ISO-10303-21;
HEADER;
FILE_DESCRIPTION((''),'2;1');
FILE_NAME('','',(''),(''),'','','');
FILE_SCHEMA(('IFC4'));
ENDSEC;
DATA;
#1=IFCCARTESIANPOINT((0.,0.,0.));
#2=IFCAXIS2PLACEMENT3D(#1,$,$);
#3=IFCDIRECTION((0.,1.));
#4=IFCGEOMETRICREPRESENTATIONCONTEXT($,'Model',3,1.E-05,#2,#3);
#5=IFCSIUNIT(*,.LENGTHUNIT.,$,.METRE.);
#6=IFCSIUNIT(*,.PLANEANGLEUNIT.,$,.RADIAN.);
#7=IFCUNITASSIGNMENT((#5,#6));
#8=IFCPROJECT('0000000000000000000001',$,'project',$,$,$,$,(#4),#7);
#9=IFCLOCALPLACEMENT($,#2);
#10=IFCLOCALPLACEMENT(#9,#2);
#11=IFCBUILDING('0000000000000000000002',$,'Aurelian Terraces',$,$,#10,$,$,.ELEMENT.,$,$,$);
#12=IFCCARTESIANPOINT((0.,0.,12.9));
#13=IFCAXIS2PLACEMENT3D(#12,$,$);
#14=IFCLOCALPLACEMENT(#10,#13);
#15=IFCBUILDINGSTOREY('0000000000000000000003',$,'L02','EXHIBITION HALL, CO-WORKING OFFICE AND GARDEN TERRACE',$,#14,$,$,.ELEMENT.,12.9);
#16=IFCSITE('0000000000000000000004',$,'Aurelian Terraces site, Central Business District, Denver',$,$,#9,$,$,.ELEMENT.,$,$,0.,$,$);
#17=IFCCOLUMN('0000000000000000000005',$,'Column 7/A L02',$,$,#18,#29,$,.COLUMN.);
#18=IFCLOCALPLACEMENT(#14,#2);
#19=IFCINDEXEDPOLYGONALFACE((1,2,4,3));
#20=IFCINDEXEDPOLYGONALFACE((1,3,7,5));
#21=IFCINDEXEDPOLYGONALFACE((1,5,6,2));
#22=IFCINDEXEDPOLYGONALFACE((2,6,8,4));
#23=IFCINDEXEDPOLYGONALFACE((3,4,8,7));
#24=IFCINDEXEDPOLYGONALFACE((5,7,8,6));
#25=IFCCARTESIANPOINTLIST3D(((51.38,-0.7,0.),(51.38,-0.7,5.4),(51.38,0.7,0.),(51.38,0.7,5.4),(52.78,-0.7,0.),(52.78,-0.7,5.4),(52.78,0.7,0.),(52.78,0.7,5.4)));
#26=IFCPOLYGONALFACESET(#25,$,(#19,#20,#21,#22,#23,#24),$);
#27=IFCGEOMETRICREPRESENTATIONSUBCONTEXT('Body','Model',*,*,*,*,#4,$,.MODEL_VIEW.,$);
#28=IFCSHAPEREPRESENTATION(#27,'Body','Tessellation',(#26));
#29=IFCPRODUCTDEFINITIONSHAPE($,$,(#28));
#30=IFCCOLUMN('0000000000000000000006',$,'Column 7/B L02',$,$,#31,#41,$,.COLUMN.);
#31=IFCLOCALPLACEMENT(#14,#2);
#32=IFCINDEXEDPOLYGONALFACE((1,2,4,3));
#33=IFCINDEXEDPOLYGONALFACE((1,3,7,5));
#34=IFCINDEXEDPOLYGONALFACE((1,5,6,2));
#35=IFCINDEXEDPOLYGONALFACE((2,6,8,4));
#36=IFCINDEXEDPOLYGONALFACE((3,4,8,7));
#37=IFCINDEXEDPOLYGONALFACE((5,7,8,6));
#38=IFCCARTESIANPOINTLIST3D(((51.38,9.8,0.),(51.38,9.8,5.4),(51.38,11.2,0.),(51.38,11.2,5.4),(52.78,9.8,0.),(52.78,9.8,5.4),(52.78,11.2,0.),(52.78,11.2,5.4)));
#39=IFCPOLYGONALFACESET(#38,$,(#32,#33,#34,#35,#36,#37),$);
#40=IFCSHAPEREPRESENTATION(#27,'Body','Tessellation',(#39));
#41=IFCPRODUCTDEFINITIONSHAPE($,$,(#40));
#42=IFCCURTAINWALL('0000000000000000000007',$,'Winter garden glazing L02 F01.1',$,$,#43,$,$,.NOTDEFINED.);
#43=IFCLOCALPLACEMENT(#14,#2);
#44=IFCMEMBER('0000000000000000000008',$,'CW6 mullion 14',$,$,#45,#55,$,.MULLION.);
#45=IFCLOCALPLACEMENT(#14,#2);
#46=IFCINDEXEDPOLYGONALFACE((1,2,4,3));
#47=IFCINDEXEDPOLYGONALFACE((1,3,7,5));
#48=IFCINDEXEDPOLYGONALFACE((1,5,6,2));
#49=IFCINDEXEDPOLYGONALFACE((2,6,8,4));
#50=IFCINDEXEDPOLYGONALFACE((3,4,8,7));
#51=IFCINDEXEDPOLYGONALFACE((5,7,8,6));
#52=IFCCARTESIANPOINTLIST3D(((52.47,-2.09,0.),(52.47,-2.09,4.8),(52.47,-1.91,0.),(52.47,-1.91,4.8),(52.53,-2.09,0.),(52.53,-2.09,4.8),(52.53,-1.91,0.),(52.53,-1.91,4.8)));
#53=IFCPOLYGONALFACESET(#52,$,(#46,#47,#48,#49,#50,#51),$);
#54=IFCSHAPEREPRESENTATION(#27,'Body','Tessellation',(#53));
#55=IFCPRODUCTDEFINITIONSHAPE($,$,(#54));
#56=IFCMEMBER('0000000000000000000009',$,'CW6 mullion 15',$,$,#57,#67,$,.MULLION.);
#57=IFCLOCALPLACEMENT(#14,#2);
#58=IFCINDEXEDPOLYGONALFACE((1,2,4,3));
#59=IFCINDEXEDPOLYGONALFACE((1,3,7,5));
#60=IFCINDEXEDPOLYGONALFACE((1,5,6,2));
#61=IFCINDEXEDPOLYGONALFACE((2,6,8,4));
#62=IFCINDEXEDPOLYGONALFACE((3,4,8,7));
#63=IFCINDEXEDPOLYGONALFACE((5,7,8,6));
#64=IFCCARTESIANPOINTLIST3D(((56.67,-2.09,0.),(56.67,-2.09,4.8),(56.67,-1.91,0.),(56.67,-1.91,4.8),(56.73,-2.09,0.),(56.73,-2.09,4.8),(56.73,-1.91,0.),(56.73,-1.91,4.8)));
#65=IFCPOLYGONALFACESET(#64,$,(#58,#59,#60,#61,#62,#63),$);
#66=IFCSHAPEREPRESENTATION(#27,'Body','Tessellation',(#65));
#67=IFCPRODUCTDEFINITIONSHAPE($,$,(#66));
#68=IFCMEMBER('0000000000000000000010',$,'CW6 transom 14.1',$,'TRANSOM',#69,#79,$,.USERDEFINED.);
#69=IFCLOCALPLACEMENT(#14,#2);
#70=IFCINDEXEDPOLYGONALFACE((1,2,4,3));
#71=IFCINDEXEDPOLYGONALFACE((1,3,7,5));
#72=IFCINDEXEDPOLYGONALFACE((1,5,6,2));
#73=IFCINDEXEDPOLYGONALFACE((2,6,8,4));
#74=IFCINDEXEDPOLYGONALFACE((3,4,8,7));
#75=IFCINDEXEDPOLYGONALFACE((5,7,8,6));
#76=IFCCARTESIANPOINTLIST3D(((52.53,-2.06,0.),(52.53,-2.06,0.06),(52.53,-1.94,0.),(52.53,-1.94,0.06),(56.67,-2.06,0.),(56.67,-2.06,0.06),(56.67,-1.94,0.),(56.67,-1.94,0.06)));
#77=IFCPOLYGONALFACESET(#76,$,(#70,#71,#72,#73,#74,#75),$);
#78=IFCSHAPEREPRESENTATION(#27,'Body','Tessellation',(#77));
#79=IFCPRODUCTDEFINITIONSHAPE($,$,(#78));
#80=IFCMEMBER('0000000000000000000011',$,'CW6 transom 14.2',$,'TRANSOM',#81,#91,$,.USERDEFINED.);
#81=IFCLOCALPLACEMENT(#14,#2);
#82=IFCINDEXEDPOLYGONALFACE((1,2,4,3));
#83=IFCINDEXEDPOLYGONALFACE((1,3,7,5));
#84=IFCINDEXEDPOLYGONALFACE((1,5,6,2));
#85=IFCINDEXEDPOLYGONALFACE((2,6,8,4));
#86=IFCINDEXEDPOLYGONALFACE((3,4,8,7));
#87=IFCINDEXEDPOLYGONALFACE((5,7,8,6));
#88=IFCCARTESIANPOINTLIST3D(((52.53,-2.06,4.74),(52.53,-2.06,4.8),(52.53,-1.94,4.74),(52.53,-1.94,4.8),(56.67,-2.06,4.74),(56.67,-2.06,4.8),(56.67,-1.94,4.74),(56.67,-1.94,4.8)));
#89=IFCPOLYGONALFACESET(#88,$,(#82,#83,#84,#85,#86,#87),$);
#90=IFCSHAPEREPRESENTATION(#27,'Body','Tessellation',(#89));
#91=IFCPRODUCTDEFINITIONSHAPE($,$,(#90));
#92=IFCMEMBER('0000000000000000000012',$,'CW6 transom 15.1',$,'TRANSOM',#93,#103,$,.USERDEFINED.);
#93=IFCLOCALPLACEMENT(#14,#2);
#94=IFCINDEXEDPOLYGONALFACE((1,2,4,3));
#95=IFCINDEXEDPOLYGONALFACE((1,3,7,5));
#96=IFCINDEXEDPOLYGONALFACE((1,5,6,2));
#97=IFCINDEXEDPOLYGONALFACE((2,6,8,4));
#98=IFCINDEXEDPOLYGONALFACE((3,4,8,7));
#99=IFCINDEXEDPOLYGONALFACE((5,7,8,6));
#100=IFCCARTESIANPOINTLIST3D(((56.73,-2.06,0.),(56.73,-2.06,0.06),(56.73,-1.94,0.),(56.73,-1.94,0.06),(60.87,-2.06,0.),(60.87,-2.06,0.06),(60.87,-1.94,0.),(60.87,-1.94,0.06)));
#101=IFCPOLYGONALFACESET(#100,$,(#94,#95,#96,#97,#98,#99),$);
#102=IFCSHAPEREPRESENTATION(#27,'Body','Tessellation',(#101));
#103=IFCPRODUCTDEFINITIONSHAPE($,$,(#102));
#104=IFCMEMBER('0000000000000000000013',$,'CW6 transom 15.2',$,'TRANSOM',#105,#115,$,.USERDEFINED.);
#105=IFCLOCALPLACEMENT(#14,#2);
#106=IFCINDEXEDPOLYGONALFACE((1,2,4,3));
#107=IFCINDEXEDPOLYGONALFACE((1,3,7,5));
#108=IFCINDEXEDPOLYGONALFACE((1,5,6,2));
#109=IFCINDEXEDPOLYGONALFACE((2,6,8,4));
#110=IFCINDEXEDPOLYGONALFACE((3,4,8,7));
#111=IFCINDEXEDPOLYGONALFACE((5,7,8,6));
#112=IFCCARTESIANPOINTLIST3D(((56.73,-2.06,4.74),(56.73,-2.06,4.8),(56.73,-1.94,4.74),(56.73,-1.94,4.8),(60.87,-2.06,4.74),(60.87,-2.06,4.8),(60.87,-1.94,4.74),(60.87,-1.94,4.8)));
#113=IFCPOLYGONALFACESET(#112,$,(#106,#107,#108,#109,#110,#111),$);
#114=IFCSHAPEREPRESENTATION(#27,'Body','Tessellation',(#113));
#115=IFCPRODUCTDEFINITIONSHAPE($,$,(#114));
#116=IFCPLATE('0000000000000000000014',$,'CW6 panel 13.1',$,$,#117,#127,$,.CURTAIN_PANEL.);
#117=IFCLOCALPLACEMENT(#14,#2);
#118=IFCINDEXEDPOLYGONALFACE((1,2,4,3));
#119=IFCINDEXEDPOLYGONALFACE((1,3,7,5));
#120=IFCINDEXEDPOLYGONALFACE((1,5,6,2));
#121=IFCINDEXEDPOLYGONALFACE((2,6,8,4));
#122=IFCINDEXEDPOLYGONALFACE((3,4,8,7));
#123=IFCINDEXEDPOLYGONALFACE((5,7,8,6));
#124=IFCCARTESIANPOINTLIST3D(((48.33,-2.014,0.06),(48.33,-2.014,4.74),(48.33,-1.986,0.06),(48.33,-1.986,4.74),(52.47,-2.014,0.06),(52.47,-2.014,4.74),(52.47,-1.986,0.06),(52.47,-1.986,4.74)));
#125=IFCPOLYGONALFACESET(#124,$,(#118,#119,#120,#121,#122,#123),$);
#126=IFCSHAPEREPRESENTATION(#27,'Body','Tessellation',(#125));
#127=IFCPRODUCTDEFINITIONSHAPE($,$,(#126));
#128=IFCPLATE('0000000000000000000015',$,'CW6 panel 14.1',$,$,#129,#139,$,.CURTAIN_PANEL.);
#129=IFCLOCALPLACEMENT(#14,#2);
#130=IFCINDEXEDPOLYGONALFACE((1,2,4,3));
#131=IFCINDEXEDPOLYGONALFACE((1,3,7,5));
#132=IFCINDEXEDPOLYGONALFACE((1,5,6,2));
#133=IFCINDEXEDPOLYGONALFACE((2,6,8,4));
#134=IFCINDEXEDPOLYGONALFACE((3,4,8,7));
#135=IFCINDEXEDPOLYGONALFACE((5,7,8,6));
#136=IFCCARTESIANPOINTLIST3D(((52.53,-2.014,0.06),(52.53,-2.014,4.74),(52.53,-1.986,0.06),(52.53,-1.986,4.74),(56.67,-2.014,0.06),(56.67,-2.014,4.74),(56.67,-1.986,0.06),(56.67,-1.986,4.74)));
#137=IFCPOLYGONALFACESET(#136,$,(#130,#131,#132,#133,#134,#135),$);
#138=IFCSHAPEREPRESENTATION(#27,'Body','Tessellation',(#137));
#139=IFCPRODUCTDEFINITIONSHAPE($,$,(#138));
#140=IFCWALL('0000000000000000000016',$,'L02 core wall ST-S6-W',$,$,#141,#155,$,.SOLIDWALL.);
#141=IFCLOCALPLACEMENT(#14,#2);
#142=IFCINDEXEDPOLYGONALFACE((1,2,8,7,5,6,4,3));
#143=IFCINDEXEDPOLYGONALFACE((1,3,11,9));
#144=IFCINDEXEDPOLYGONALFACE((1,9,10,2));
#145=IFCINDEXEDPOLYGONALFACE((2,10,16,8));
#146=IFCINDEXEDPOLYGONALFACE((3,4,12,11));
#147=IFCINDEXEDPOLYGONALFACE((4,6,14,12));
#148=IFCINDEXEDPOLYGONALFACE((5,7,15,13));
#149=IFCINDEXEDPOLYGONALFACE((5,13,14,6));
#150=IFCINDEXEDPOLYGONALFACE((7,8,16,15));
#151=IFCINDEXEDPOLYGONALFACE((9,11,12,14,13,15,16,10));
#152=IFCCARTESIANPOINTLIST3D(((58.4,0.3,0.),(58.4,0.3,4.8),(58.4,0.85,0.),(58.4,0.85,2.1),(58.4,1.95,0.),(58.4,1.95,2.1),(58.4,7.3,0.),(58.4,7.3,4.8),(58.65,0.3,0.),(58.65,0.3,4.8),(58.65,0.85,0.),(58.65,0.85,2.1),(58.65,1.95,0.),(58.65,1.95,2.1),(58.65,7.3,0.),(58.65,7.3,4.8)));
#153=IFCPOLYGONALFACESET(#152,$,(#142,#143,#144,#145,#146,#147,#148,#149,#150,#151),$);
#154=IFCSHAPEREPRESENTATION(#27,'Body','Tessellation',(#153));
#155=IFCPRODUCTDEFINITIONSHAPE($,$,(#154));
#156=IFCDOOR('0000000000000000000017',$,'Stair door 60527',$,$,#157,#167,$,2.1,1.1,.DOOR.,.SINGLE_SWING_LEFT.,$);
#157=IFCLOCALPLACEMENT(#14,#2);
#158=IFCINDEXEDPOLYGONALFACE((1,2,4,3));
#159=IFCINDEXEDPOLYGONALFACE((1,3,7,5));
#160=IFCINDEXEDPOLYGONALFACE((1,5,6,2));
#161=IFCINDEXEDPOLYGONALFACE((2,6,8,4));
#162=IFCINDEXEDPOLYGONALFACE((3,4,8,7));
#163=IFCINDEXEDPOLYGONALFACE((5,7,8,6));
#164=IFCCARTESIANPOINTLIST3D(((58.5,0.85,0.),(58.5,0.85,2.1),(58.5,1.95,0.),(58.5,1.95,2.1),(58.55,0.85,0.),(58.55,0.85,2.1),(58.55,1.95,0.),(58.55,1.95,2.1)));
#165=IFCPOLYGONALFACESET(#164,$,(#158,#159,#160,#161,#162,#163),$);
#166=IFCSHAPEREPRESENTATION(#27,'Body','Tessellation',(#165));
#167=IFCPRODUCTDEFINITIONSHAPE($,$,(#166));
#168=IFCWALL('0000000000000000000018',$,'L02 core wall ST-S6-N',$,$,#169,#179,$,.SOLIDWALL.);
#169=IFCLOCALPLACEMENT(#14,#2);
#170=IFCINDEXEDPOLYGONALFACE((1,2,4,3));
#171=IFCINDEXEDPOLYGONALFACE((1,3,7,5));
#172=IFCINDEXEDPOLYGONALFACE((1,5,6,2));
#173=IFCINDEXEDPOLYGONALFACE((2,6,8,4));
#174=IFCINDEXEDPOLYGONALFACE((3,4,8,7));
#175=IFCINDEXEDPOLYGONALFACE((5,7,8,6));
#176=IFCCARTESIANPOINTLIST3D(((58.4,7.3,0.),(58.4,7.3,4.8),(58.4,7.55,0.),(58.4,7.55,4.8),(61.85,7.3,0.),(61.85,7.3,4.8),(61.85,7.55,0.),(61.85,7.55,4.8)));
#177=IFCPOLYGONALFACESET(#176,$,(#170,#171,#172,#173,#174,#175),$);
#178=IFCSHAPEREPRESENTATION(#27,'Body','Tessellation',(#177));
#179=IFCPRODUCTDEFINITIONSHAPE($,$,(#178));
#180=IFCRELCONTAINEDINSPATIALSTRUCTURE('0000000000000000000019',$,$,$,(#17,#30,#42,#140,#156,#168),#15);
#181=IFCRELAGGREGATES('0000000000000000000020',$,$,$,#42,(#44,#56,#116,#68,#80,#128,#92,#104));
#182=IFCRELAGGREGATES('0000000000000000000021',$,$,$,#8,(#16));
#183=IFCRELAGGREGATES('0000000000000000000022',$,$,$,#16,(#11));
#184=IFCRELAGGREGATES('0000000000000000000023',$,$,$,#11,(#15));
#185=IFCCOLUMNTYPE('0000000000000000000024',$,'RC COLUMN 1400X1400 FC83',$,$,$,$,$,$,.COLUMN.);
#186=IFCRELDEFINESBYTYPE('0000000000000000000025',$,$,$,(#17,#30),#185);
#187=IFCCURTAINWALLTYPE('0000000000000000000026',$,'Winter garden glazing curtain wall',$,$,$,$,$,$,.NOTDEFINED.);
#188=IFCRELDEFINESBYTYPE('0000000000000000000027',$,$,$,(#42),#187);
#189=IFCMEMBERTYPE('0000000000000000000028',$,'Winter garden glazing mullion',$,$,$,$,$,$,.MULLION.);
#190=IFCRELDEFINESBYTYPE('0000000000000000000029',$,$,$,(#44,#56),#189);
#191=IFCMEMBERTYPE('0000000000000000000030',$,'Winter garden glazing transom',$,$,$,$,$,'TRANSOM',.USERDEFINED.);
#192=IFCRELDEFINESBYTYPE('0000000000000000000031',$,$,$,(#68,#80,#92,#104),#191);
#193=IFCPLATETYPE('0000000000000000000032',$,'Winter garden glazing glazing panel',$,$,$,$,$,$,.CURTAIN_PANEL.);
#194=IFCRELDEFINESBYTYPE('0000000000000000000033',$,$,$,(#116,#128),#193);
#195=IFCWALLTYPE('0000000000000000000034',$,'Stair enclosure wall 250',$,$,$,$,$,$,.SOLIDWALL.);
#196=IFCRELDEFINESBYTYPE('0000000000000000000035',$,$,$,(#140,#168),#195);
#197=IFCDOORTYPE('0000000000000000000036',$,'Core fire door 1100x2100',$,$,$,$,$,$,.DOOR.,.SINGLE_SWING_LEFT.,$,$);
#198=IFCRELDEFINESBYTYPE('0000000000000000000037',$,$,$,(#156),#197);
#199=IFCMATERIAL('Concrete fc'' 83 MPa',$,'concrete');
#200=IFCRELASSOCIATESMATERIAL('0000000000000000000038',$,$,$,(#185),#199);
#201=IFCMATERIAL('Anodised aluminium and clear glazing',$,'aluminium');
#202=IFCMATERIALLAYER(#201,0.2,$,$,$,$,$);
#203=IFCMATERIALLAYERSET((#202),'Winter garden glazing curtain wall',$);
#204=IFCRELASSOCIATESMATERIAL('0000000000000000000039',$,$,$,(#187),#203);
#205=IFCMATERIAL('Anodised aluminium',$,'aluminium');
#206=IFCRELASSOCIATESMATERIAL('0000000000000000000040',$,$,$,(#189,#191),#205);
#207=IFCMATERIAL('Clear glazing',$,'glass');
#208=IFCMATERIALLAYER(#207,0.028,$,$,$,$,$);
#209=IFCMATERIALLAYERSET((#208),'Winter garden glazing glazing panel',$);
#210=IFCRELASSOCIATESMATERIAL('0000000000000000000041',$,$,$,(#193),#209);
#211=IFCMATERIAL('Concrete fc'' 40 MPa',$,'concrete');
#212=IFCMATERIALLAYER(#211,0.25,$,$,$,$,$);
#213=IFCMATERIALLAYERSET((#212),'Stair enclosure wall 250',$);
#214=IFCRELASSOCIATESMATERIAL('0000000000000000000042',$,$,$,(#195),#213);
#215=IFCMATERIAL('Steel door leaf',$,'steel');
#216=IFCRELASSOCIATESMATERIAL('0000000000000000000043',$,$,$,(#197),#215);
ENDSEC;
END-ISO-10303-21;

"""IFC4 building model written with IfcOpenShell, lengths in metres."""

from ifc_helpers import new_model, si_unit, direction, frame, frame_2d, origin, origin_2d, place, context, subcontext, project, spatial, rectangle, extrude, source, transform, mapped, material, layer, layer_set, material_profile, profile_set, type_object, element, fill, aggregate, save


model = new_model("IFC4")

# Units and contexts
model_context = context("Model", 3, precision=1e-05, world=origin(), true_north=direction((0.0, 1.0)))
body_context = subcontext(model_context, "Body", "Model", "MODEL_VIEW")
ifc_project = project(units=[si_unit("LENGTHUNIT", "METRE"), si_unit("PLANEANGLEUNIT", "RADIAN")], contexts=[model_context])

# Site, building, storey
site_placement = place(None, origin())
site = spatial("IfcSite", under=ifc_project, at=site_placement, Name="Aurelian Terraces site, Central Business District, Denver", CompositionType="ELEMENT", RefElevation=0.0)
building_placement = place(site_placement, origin())
building = spatial("IfcBuilding", under=site, at=building_placement, Name="Aurelian Terraces", CompositionType="ELEMENT")
storey_placement = place(building_placement, frame((0.0, 0.0, 12.9)))
storey = spatial("IfcBuildingStorey", under=building, at=storey_placement, Name="L02", Description="EXHIBITION HALL, CO-WORKING OFFICE AND GARDEN TERRACE", CompositionType="ELEMENT", Elevation=12.9)

# Columns
ifc_material_1 = material(Name="Concrete fc' 83 MPa", Category="concrete")
ifc_material_profile_1 = material_profile(ifc_material_1, rectangle(XDim=1.4, YDim=1.4, at=origin_2d()))
ifc_profile_set_1 = profile_set([ifc_material_profile_1], Name="Concrete fc' 83 MPa")
column_type = type_object("IfcColumnType", Name="RC COLUMN 1400X1400 FC83", PredefinedType="COLUMN", material=ifc_profile_set_1)
shared_shape_1 = source(origin(), body_context, "Body", "SweptSolid", [
    extrude(rectangle(XDim=1.4, YDim=1.4, at=origin_2d()), origin(), (0.0, 0.0, 1.0), 5.4),
])
for number, where, z_axis, x_axis, name in (
    (1, (52.08, 0.0, 0.0), (0.0, 0.0, 1.0), (1.0, 0.0, 0.0), "Column 7/A L02"),
    (2, (52.08, 10.5, 0.0), (0.0, 0.0, 1.0), (1.0, 0.0, 0.0), "Column 7/B L02"),
):
    element("IfcColumn", number, at=place(storey_placement, frame(where, z_axis=z_axis, x_axis=x_axis)), inside=storey, type_object=column_type, Name=name, PredefinedType="COLUMN", context=body_context, shape_type="MappedRepresentation", body=[
        mapped(shared_shape_1, transform((0.0, 0.0, 0.0), scale=1.0)),
    ])

# Curtain wall, members, plates
ifc_material_2 = material(Name="Anodised aluminium and clear glazing", Category="aluminium")
ifc_layer_1 = layer(ifc_material_2, 0.2)
ifc_layer_set_1 = layer_set([ifc_layer_1], Name="Winter garden glazing curtain wall")
curtain_wall_type = type_object("IfcCurtainWallType", Name="Winter garden glazing curtain wall", PredefinedType="NOTDEFINED", material=ifc_layer_set_1)
curtain_wall_placement = place(storey_placement, origin())
curtain_wall = element("IfcCurtainWall", 3, at=curtain_wall_placement, inside=storey, type_object=curtain_wall_type, Name="Winter garden glazing L02 F01.1", PredefinedType="NOTDEFINED")
ifc_material_3 = material(Name="Anodised aluminium", Category="aluminium")
ifc_material_profile_2 = material_profile(ifc_material_3, rectangle(XDim=0.18, YDim=0.06, at=origin_2d()))
ifc_profile_set_2 = profile_set([ifc_material_profile_2], Name="Anodised aluminium")
member_type_1 = type_object("IfcMemberType", Name="Winter garden glazing mullion", PredefinedType="MULLION", material=ifc_profile_set_2)
shared_shape_2 = source(origin(), body_context, "Body", "SweptSolid", [
    extrude(rectangle(XDim=0.18, YDim=0.06, at=origin_2d()), origin(), (0.0, 0.0, 1.0), 4.8),
])
member_1_placement = place(storey_placement, frame((52.5, -2.0, 0.0), z_axis=(0.0, 0.0, 1.0), x_axis=(0.0, 1.0, 0.0)))
member_1 = element("IfcMember", 4, at=member_1_placement, type_object=member_type_1, Name="CW6 mullion 14", PredefinedType="MULLION", context=body_context, shape_type="MappedRepresentation", body=[
    mapped(shared_shape_2, transform((0.0, 0.0, 0.0), scale=1.0)),
])
member_2_placement = place(storey_placement, frame((56.7, -2.0, 0.0), z_axis=(0.0, 0.0, 1.0), x_axis=(0.0, 1.0, 0.0)))
member_2 = element("IfcMember", 5, at=member_2_placement, type_object=member_type_1, Name="CW6 mullion 15", PredefinedType="MULLION", context=body_context, shape_type="MappedRepresentation", body=[
    mapped(shared_shape_2, transform((0.0, 0.0, 0.0), scale=1.0)),
])
ifc_material_profile_3 = material_profile(ifc_material_3, rectangle(XDim=0.12, YDim=0.06, at=origin_2d()))
ifc_profile_set_3 = profile_set([ifc_material_profile_3], Name="Anodised aluminium")
member_type_2 = type_object("IfcMemberType", Name="Winter garden glazing transom", ElementType="TRANSOM", PredefinedType="USERDEFINED", material=ifc_profile_set_3)
shared_shape_3 = source(origin(), body_context, "Body", "SweptSolid", [
    extrude(rectangle(XDim=0.12, YDim=0.06, at=origin_2d()), origin(), (0.0, 0.0, 1.0), 4.14),
])
member_3_placement = place(storey_placement, frame((52.53, -2.0, 0.03), z_axis=(1.0, 0.0, 0.0), x_axis=(0.0, 1.0, 0.0)))
member_3 = element("IfcMember", 6, at=member_3_placement, type_object=member_type_2, Name="CW6 transom 14.1", ObjectType="TRANSOM", PredefinedType="USERDEFINED", context=body_context, shape_type="MappedRepresentation", body=[
    mapped(shared_shape_3, transform((0.0, 0.0, 0.0), scale=1.0)),
])
member_4_placement = place(storey_placement, frame((52.53, -2.0, 4.77), z_axis=(1.0, 0.0, 0.0), x_axis=(0.0, 1.0, 0.0)))
member_4 = element("IfcMember", 7, at=member_4_placement, type_object=member_type_2, Name="CW6 transom 14.2", ObjectType="TRANSOM", PredefinedType="USERDEFINED", context=body_context, shape_type="MappedRepresentation", body=[
    mapped(shared_shape_3, transform((0.0, 0.0, 0.0), scale=1.0)),
])
member_5_placement = place(storey_placement, frame((56.73, -2.0, 0.03), z_axis=(1.0, 0.0, 0.0), x_axis=(0.0, 1.0, 0.0)))
member_5 = element("IfcMember", 8, at=member_5_placement, type_object=member_type_2, Name="CW6 transom 15.1", ObjectType="TRANSOM", PredefinedType="USERDEFINED", context=body_context, shape_type="MappedRepresentation", body=[
    mapped(shared_shape_3, transform((0.0, 0.0, 0.0), scale=1.0)),
])
member_6_placement = place(storey_placement, frame((56.73, -2.0, 4.77), z_axis=(1.0, 0.0, 0.0), x_axis=(0.0, 1.0, 0.0)))
member_6 = element("IfcMember", 9, at=member_6_placement, type_object=member_type_2, Name="CW6 transom 15.2", ObjectType="TRANSOM", PredefinedType="USERDEFINED", context=body_context, shape_type="MappedRepresentation", body=[
    mapped(shared_shape_3, transform((0.0, 0.0, 0.0), scale=1.0)),
])
ifc_material_4 = material(Name="Clear glazing", Category="glass")
ifc_layer_2 = layer(ifc_material_4, 0.028)
ifc_layer_set_2 = layer_set([ifc_layer_2], Name="Winter garden glazing glazing panel")
plate_type = type_object("IfcPlateType", Name="Winter garden glazing glazing panel", PredefinedType="CURTAIN_PANEL", material=ifc_layer_set_2)
shared_shape_4 = source(origin(), body_context, "Body", "SweptSolid", [
    extrude(rectangle(XDim=4.14, YDim=0.028, at=origin_2d()), origin(), (0.0, 0.0, 1.0), 4.68),
])
plate_1_placement = place(storey_placement, frame((50.4, -2.0, 0.06), z_axis=(0.0, 0.0, 1.0), x_axis=(1.0, 0.0, 0.0)))
plate_1 = element("IfcPlate", 10, at=plate_1_placement, type_object=plate_type, Name="CW6 panel 13.1", PredefinedType="CURTAIN_PANEL", context=body_context, shape_type="MappedRepresentation", body=[
    mapped(shared_shape_4, transform((0.0, 0.0, 0.0), scale=1.0)),
])
plate_2_placement = place(storey_placement, frame((54.6, -2.0, 0.06), z_axis=(0.0, 0.0, 1.0), x_axis=(1.0, 0.0, 0.0)))
plate_2 = element("IfcPlate", 11, at=plate_2_placement, type_object=plate_type, Name="CW6 panel 14.1", PredefinedType="CURTAIN_PANEL", context=body_context, shape_type="MappedRepresentation", body=[
    mapped(shared_shape_4, transform((0.0, 0.0, 0.0), scale=1.0)),
])
aggregate(curtain_wall, [member_1, member_2, plate_1, member_3, member_4, plate_2, member_5, member_6])

# Wall, opening, door
ifc_material_5 = material(Name="Concrete fc' 40 MPa", Category="concrete")
ifc_layer_3 = layer(ifc_material_5, 0.25)
ifc_layer_set_3 = layer_set([ifc_layer_3], Name="Stair enclosure wall 250")
wall_type_1 = type_object("IfcWallType", Name="Stair enclosure wall 250", PredefinedType="SOLIDWALL", material=ifc_layer_set_3)
shared_shape_5 = source(origin(), body_context, "Body", "SweptSolid", [
    extrude(rectangle(XDim=7.0, YDim=0.25, at=frame_2d((3.5, 0.0))), origin(), (0.0, 0.0, 1.0), 4.8),
])
wall_1_placement = place(storey_placement, frame((58.525, 0.3, 0.0), z_axis=(0.0, 0.0, 1.0), x_axis=(0.0, 1.0, 0.0)))
wall_1 = element("IfcWall", 12, at=wall_1_placement, inside=storey, type_object=wall_type_1, Name="L02 core wall ST-S6-W", PredefinedType="SOLIDWALL", context=body_context, shape_type="MappedRepresentation", body=[
    mapped(shared_shape_5, transform((0.0, 0.0, 0.0), scale=1.0)),
])
shared_shape_6 = source(origin(), body_context, "Body", "SweptSolid", [
    extrude(rectangle(XDim=1.1, YDim=2.1, at=frame_2d((0.55, 1.05))), frame((0.0, 0.135, 0.0), z_axis=(0.0, -1.0, 0.0), x_axis=(1.0, 0.0, 0.0)), (0.0, 0.0, 1.0), 0.27),
])
opening_1_placement = place(wall_1_placement, frame((0.55, 0.0, 0.0)))
opening_1 = element("IfcOpeningElement", 13, at=opening_1_placement, cuts=wall_1, PredefinedType="OPENING", context=body_context, shape_type="MappedRepresentation", body=[
    mapped(shared_shape_6, transform((0.0, 0.0, 0.0), scale=1.0)),
])
ifc_material_6 = material(Name="Steel door leaf", Category="steel")
door_type_1 = type_object("IfcDoorType", Name="Core fire door 1100x2100", OperationType="SINGLE_SWING_LEFT", PredefinedType="DOOR", material=ifc_material_6)
shared_shape_7 = source(origin(), body_context, "Body", "SweptSolid", [
    extrude(rectangle(XDim=1.1, YDim=2.1, at=frame_2d((0.55, 1.05))), frame((0.0, 0.025, 0.0), z_axis=(0.0, -1.0, 0.0), x_axis=(1.0, 0.0, 0.0)), (0.0, 0.0, 1.0), 0.05),
])
door_1_placement = place(opening_1_placement, origin())
door_1 = element("IfcDoor", 14, at=door_1_placement, inside=storey, type_object=door_type_1, Name="Stair door 60527", OperationType="SINGLE_SWING_LEFT", OverallHeight=2.1, OverallWidth=1.1, PredefinedType="DOOR", context=body_context, shape_type="MappedRepresentation", body=[
    mapped(shared_shape_7, transform((0.0, 0.0, 0.0), scale=1.0)),
])
fill(opening_1, door_1)

# Wall
shared_shape_8 = source(origin(), body_context, "Body", "SweptSolid", [
    extrude(rectangle(XDim=3.45, YDim=0.25, at=frame_2d((1.725, 0.0))), origin(), (0.0, 0.0, 1.0), 4.8),
])
wall_2_placement = place(storey_placement, frame((58.4, 7.425, 0.0), z_axis=(0.0, 0.0, 1.0), x_axis=(1.0, 0.0, 0.0)))
element("IfcWall", 15, at=wall_2_placement, inside=storey, type_object=wall_type_1, Name="L02 core wall ST-S6-N", PredefinedType="SOLIDWALL", context=body_context, shape_type="MappedRepresentation", body=[
    mapped(shared_shape_8, transform((0.0, 0.0, 0.0), scale=1.0)),
])

save(model, "model.ifc")
